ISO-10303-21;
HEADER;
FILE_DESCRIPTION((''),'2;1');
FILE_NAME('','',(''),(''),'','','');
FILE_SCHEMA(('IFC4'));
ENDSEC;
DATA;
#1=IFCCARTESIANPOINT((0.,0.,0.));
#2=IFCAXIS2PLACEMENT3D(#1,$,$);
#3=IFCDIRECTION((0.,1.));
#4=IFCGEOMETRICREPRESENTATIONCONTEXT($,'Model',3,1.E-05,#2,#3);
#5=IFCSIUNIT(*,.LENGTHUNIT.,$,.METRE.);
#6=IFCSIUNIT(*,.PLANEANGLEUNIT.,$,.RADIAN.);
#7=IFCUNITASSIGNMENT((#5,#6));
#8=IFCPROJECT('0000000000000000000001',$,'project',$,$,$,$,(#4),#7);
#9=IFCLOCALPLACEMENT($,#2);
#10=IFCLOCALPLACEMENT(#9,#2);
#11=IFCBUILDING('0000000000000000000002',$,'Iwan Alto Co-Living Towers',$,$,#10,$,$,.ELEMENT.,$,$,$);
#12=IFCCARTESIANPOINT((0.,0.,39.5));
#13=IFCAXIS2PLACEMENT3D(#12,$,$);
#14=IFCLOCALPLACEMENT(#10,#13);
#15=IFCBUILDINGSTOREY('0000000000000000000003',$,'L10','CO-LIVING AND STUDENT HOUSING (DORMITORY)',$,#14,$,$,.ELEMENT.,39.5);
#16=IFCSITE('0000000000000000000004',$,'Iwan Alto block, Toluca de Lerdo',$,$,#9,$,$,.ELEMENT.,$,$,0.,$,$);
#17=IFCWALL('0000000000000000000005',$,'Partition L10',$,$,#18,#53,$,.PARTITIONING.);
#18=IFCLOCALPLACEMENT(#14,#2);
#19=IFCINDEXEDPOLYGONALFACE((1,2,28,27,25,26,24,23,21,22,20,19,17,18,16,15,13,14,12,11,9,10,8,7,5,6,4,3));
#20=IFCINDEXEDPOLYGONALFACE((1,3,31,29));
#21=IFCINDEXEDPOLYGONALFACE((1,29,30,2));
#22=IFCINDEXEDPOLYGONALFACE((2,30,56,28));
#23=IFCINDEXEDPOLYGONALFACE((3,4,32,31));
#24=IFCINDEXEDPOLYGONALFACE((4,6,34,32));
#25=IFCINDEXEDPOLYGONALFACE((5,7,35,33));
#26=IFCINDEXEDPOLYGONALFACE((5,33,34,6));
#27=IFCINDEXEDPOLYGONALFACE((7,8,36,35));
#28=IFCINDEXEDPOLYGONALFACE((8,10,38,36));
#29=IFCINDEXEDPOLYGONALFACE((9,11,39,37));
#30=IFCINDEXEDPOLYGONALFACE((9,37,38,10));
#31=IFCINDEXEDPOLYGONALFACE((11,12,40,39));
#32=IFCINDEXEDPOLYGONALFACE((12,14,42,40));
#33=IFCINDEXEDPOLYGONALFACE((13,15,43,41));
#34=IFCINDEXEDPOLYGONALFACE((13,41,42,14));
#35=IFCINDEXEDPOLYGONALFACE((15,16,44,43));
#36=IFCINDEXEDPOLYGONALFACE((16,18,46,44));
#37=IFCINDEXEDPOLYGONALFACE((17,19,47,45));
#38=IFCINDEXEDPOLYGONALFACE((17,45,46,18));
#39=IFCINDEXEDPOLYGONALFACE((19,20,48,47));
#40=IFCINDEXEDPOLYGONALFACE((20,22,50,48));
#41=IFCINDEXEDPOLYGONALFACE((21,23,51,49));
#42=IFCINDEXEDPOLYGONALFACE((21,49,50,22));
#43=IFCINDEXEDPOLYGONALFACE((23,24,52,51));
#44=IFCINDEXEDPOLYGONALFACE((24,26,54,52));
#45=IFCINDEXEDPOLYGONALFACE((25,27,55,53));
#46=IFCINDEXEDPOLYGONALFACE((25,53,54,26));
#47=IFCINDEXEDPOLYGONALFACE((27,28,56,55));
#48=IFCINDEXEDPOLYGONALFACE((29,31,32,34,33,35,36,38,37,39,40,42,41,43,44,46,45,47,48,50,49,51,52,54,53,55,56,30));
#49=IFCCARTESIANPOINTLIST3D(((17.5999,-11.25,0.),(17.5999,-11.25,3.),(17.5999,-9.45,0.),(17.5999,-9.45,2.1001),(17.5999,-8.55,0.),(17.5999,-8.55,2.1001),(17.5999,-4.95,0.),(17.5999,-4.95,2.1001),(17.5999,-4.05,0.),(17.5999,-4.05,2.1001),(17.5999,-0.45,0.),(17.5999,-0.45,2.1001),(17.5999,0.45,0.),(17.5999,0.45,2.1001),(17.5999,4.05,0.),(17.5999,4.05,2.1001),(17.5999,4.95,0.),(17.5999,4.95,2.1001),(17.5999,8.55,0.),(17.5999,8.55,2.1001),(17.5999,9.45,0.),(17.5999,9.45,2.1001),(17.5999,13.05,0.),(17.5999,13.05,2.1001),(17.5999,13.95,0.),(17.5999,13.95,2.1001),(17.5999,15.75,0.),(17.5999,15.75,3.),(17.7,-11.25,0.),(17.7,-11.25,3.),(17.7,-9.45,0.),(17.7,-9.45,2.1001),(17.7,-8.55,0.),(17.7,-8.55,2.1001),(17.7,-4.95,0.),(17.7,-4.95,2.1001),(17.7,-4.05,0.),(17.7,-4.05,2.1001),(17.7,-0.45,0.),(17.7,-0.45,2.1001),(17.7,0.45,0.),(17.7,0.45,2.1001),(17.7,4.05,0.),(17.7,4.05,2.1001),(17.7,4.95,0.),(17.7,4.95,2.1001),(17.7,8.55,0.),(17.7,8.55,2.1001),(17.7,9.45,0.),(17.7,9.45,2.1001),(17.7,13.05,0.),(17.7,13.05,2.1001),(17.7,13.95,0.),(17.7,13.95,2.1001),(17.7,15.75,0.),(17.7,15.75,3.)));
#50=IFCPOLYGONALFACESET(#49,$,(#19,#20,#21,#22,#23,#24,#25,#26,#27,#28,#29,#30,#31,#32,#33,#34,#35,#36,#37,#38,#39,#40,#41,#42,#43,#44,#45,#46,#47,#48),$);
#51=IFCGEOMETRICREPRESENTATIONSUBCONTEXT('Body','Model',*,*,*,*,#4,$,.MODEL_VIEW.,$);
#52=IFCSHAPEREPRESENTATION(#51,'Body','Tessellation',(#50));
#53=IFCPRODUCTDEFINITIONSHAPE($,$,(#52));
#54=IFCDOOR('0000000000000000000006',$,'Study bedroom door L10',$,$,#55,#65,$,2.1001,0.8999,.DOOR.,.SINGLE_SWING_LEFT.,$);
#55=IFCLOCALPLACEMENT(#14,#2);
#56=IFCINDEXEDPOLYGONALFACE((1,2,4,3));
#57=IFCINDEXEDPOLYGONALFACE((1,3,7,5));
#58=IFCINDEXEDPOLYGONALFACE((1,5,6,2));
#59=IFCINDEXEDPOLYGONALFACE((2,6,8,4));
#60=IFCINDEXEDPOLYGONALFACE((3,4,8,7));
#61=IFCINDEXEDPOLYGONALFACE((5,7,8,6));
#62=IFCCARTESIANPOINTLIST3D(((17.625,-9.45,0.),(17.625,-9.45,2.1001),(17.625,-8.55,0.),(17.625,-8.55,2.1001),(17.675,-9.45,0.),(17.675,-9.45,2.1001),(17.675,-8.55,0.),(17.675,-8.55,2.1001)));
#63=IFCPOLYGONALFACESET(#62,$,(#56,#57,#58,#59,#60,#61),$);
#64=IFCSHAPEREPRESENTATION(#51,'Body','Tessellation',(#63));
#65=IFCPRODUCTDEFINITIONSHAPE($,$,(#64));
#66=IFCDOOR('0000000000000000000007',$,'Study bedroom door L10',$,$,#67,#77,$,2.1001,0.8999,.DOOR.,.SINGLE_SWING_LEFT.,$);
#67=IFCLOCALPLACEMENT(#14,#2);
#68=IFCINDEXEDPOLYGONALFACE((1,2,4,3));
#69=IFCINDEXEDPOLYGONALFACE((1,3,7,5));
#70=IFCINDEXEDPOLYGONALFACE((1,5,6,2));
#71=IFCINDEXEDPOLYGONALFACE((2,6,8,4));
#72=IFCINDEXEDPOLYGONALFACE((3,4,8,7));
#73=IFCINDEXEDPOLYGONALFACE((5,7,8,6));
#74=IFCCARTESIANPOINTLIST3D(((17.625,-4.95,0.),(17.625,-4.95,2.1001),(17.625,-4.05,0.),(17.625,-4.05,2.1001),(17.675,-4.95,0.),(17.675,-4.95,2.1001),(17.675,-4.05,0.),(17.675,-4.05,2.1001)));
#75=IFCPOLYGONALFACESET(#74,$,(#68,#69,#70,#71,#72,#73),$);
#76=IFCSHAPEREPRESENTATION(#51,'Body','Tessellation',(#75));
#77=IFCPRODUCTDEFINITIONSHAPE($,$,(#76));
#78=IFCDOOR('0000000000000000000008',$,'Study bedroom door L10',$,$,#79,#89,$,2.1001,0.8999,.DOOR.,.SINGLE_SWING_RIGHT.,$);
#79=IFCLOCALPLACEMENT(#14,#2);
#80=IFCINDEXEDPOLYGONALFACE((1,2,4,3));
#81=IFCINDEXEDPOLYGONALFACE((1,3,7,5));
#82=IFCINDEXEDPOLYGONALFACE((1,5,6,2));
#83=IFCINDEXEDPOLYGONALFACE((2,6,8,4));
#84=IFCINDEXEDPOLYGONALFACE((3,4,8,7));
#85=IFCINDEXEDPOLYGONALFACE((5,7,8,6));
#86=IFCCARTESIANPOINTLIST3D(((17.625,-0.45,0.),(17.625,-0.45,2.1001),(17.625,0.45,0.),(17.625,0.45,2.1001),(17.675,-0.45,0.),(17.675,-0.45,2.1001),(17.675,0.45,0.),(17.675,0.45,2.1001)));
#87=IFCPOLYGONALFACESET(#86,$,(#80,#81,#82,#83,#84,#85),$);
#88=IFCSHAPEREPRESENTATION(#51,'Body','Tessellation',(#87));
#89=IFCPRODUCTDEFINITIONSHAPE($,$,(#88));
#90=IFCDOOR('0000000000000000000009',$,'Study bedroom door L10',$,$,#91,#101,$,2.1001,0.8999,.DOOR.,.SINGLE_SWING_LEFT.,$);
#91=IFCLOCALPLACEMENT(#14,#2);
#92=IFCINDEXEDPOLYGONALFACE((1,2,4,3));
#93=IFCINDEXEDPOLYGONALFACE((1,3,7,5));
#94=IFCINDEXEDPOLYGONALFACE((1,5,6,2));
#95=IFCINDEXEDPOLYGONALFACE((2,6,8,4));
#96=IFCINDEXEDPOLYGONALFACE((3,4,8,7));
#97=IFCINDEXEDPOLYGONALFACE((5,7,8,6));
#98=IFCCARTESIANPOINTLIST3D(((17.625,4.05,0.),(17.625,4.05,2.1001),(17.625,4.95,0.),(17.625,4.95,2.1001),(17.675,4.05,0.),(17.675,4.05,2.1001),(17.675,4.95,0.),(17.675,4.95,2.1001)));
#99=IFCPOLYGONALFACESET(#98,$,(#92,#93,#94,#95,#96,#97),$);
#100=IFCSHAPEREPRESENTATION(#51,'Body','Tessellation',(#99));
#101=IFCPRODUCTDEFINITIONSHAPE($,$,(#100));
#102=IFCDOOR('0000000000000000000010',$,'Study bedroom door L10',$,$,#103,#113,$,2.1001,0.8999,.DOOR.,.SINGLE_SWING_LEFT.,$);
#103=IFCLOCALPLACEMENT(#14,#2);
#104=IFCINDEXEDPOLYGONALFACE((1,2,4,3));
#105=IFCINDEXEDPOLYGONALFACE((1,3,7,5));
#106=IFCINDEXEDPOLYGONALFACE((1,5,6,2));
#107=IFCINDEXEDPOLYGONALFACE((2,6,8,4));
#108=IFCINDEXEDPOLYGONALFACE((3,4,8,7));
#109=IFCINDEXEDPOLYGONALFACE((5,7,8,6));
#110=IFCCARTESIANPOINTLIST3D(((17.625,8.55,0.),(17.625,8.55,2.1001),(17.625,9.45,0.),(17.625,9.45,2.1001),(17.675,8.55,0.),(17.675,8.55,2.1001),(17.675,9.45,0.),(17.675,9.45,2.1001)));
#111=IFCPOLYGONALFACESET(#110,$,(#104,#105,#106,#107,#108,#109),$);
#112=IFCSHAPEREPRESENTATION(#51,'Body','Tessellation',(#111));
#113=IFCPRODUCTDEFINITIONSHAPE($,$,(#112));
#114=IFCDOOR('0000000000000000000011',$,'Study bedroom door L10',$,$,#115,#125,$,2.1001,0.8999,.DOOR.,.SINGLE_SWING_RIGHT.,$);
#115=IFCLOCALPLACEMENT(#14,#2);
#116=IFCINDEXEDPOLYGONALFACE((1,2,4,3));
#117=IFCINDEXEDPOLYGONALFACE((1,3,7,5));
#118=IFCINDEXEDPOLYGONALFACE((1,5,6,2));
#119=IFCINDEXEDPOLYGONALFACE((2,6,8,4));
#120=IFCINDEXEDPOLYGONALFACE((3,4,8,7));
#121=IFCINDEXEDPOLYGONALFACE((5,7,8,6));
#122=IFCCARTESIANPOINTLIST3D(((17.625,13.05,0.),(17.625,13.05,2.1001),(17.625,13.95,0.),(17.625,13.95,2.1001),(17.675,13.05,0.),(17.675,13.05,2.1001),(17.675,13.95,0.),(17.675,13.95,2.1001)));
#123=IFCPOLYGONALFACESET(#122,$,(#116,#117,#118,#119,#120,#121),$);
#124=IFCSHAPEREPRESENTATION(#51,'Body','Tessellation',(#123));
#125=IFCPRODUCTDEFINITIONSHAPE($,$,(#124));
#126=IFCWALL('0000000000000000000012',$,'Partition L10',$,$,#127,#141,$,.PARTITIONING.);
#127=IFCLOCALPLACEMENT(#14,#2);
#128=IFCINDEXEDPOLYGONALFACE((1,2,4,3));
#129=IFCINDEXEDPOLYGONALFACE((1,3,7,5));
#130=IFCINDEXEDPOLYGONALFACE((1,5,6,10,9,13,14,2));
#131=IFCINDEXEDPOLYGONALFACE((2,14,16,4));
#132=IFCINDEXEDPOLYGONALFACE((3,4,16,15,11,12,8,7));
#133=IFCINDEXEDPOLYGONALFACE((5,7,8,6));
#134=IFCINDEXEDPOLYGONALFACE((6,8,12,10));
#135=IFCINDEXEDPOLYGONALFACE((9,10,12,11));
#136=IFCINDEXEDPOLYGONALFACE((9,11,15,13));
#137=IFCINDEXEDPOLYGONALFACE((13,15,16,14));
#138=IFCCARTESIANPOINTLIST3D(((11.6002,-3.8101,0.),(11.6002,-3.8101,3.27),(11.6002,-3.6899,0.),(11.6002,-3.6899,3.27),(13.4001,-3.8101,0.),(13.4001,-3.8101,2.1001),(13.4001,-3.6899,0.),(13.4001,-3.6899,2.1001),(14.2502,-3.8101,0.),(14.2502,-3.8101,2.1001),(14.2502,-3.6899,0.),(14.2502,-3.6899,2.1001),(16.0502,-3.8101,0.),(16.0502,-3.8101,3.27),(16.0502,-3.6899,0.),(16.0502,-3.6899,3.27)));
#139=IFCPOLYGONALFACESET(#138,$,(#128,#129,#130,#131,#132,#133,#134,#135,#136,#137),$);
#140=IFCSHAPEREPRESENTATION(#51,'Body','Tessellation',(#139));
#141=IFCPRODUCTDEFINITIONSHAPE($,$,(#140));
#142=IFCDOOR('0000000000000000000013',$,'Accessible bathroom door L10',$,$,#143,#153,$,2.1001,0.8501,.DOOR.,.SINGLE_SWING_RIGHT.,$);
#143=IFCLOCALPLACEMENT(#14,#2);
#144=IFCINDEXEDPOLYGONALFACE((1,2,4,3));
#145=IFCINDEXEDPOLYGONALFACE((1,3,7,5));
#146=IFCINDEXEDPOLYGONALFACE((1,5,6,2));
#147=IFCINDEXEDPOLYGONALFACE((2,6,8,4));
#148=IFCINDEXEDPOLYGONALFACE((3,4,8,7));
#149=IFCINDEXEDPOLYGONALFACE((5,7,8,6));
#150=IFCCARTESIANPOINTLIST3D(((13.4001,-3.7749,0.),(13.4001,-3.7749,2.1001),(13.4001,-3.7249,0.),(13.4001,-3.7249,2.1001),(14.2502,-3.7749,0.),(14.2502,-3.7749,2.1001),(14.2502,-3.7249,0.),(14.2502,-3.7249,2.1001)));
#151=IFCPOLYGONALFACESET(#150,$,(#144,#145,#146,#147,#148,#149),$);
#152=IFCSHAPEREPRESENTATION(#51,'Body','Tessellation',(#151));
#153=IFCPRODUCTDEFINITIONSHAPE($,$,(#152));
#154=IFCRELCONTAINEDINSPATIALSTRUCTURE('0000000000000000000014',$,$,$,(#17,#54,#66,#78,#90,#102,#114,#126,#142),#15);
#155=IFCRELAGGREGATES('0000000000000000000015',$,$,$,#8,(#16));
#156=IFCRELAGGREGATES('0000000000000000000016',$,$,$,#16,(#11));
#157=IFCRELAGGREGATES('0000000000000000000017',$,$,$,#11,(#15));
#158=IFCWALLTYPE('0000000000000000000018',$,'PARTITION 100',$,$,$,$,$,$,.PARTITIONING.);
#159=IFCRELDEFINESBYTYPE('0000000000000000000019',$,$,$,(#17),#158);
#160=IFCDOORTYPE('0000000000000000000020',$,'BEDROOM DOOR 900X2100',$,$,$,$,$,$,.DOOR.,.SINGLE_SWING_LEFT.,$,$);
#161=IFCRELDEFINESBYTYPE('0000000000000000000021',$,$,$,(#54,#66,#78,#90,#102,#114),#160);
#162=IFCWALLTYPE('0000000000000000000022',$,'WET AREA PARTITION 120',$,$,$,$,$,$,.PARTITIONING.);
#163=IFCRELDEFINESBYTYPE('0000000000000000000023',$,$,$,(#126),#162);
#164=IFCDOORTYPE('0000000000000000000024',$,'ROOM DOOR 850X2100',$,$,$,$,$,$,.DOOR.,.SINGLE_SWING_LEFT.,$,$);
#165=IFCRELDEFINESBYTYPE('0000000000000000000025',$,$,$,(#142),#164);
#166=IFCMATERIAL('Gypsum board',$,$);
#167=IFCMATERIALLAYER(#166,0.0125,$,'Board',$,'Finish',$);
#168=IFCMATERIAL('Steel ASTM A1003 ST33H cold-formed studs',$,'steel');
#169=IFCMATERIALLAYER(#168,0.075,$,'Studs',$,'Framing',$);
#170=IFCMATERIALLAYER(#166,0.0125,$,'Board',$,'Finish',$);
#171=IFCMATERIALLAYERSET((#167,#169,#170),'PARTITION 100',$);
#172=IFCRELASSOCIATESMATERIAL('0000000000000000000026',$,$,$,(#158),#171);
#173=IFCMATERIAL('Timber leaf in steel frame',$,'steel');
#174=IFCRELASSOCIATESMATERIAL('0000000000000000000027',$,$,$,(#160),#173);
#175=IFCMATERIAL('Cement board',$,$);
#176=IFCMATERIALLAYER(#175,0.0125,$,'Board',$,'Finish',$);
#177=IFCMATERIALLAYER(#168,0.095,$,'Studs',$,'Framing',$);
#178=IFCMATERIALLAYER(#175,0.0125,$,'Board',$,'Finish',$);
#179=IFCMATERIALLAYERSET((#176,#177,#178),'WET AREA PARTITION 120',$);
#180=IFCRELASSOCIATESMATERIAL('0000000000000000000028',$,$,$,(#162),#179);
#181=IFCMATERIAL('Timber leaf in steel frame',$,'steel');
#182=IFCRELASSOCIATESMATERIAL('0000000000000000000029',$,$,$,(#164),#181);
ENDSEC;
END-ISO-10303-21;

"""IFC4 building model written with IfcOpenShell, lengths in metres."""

from ifc_helpers import new_model, si_unit, direction, frame, frame_2d, origin, place, context, subcontext, project, spatial, rectangle, extrude, material, layer, layer_set, type_object, element, fill, save


model = new_model("IFC4")

# Units and contexts
model_context = context("Model", 3, precision=1e-05, world=origin(), true_north=direction((0.0, 1.0)))
body_context = subcontext(model_context, "Body", "Model", "MODEL_VIEW")
ifc_project = project(units=[si_unit("LENGTHUNIT", "METRE"), si_unit("PLANEANGLEUNIT", "RADIAN")], contexts=[model_context])

# Site, building, storey
site_placement = place(None, origin())
site = spatial("IfcSite", under=ifc_project, at=site_placement, Name="Iwan Alto block, Toluca de Lerdo", CompositionType="ELEMENT", RefElevation=0.0)
building_placement = place(site_placement, origin())
building = spatial("IfcBuilding", under=site, at=building_placement, Name="Iwan Alto Co-Living Towers", CompositionType="ELEMENT")
storey_placement = place(building_placement, frame((0.0, 0.0, 39.5)))
storey = spatial("IfcBuildingStorey", under=building, at=storey_placement, Name="L10", Description="CO-LIVING AND STUDENT HOUSING (DORMITORY)", CompositionType="ELEMENT", Elevation=39.5)

# Shared definitions
ifc_material_1 = material(Name="Gypsum board")
ifc_layer_1 = layer(ifc_material_1, 0.0125, Name="Board", Category="Finish")
ifc_material_2 = material(Name="Steel ASTM A1003 ST33H cold-formed studs", Category="steel")
ifc_layer_2 = layer(ifc_material_2, 0.075, Name="Studs", Category="Framing")
ifc_layer_3 = layer(ifc_material_1, 0.0125, Name="Board", Category="Finish")
ifc_layer_set_1 = layer_set([ifc_layer_1, ifc_layer_2, ifc_layer_3], Name="PARTITION 100")
wall_type_1 = type_object("IfcWallType", Name="PARTITION 100", PredefinedType="PARTITIONING", material=ifc_layer_set_1)

# Wall, openings, doors
wall_1_placement = place(storey_placement, frame((17.6499, -11.25, 0.0), z_axis=(0.0, 0.0, 1.0), x_axis=(0.0, 1.0, 0.0)))
wall_1 = element("IfcWall", 1, at=wall_1_placement, inside=storey, type_object=wall_type_1, Name="Partition L10", PredefinedType="PARTITIONING", context=body_context, shape_type="SweptSolid", body=[
    extrude(rectangle(XDim=27.0, YDim=0.1001, at=frame_2d((13.5, 0.0))), origin(), (0.0, 0.0, 1.0), 3.0),
])
opening_1_placement = place(wall_1_placement, frame((1.8, 0.0, 0.0)))
opening_1 = element("IfcOpeningElement", 2, at=opening_1_placement, cuts=wall_1, PredefinedType="OPENING", context=body_context, shape_type="SweptSolid", body=[
    extrude(rectangle(XDim=0.8999, YDim=2.1001, at=frame_2d((0.45, 1.05))), frame((0.0, 0.0601, 0.0), z_axis=(0.0, -1.0, 0.0), x_axis=(1.0, 0.0, 0.0)), (0.0, 0.0, 1.0), 0.1201),
])
opening_2_placement = place(wall_1_placement, frame((6.3, 0.0, 0.0)))
opening_2 = element("IfcOpeningElement", 3, at=opening_2_placement, cuts=wall_1, PredefinedType="OPENING", context=body_context, shape_type="SweptSolid", body=[
    extrude(rectangle(XDim=0.8999, YDim=2.1001, at=frame_2d((0.45, 1.05))), frame((0.0, 0.0601, 0.0), z_axis=(0.0, -1.0, 0.0), x_axis=(1.0, 0.0, 0.0)), (0.0, 0.0, 1.0), 0.1201),
])
opening_3_placement = place(wall_1_placement, frame((10.8, 0.0, 0.0)))
opening_3 = element("IfcOpeningElement", 4, at=opening_3_placement, cuts=wall_1, PredefinedType="OPENING", context=body_context, shape_type="SweptSolid", body=[
    extrude(rectangle(XDim=0.8999, YDim=2.1001, at=frame_2d((0.45, 1.05))), frame((0.0, 0.0601, 0.0), z_axis=(0.0, -1.0, 0.0), x_axis=(1.0, 0.0, 0.0)), (0.0, 0.0, 1.0), 0.1201),
])
opening_4_placement = place(wall_1_placement, frame((15.3, 0.0, 0.0)))
opening_4 = element("IfcOpeningElement", 5, at=opening_4_placement, cuts=wall_1, PredefinedType="OPENING", context=body_context, shape_type="SweptSolid", body=[
    extrude(rectangle(XDim=0.8999, YDim=2.1001, at=frame_2d((0.45, 1.05))), frame((0.0, 0.0601, 0.0), z_axis=(0.0, -1.0, 0.0), x_axis=(1.0, 0.0, 0.0)), (0.0, 0.0, 1.0), 0.1201),
])
opening_5_placement = place(wall_1_placement, frame((19.8, 0.0, 0.0)))
opening_5 = element("IfcOpeningElement", 6, at=opening_5_placement, cuts=wall_1, PredefinedType="OPENING", context=body_context, shape_type="SweptSolid", body=[
    extrude(rectangle(XDim=0.8999, YDim=2.1001, at=frame_2d((0.45, 1.05))), frame((0.0, 0.0601, 0.0), z_axis=(0.0, -1.0, 0.0), x_axis=(1.0, 0.0, 0.0)), (0.0, 0.0, 1.0), 0.1201),
])
opening_6_placement = place(wall_1_placement, frame((24.3, 0.0, 0.0)))
opening_6 = element("IfcOpeningElement", 7, at=opening_6_placement, cuts=wall_1, PredefinedType="OPENING", context=body_context, shape_type="SweptSolid", body=[
    extrude(rectangle(XDim=0.8999, YDim=2.1001, at=frame_2d((0.45, 1.05))), frame((0.0, 0.0601, 0.0), z_axis=(0.0, -1.0, 0.0), x_axis=(1.0, 0.0, 0.0)), (0.0, 0.0, 1.0), 0.1201),
])
ifc_material_3 = material(Name="Timber leaf in steel frame", Category="steel")
door_type_1 = type_object("IfcDoorType", Name="BEDROOM DOOR 900X2100", OperationType="SINGLE_SWING_LEFT", PredefinedType="DOOR", material=ifc_material_3)
door_1_placement = place(opening_1_placement, origin())
door_1 = element("IfcDoor", 8, at=door_1_placement, inside=storey, type_object=door_type_1, Name="Study bedroom door L10", OperationType="SINGLE_SWING_LEFT", OverallHeight=2.1001, OverallWidth=0.8999, PredefinedType="DOOR", context=body_context, shape_type="SweptSolid", body=[
    extrude(rectangle(XDim=0.8999, YDim=2.1001, at=frame_2d((0.45, 1.05))), frame((0.0, 0.0249, 0.0), z_axis=(0.0, -1.0, 0.0), x_axis=(1.0, 0.0, 0.0)), (0.0, 0.0, 1.0), 0.05),
])
fill(opening_1, door_1)
door_2_placement = place(opening_2_placement, origin())
door_2 = element("IfcDoor", 9, at=door_2_placement, inside=storey, type_object=door_type_1, Name="Study bedroom door L10", OperationType="SINGLE_SWING_LEFT", OverallHeight=2.1001, OverallWidth=0.8999, PredefinedType="DOOR", context=body_context, shape_type="SweptSolid", body=[
    extrude(rectangle(XDim=0.8999, YDim=2.1001, at=frame_2d((0.45, 1.05))), frame((0.0, 0.0249, 0.0), z_axis=(0.0, -1.0, 0.0), x_axis=(1.0, 0.0, 0.0)), (0.0, 0.0, 1.0), 0.05),
])
fill(opening_2, door_2)
door_3_placement = place(opening_3_placement, origin())
door_3 = element("IfcDoor", 10, at=door_3_placement, inside=storey, type_object=door_type_1, Name="Study bedroom door L10", OperationType="SINGLE_SWING_RIGHT", OverallHeight=2.1001, OverallWidth=0.8999, PredefinedType="DOOR", context=body_context, shape_type="SweptSolid", body=[
    extrude(rectangle(XDim=0.8999, YDim=2.1001, at=frame_2d((0.45, 1.05))), frame((0.0, 0.0249, 0.0), z_axis=(0.0, -1.0, 0.0), x_axis=(1.0, 0.0, 0.0)), (0.0, 0.0, 1.0), 0.05),
])
fill(opening_3, door_3)
door_4_placement = place(opening_4_placement, origin())
door_4 = element("IfcDoor", 11, at=door_4_placement, inside=storey, type_object=door_type_1, Name="Study bedroom door L10", OperationType="SINGLE_SWING_LEFT", OverallHeight=2.1001, OverallWidth=0.8999, PredefinedType="DOOR", context=body_context, shape_type="SweptSolid", body=[
    extrude(rectangle(XDim=0.8999, YDim=2.1001, at=frame_2d((0.45, 1.05))), frame((0.0, 0.0249, 0.0), z_axis=(0.0, -1.0, 0.0), x_axis=(1.0, 0.0, 0.0)), (0.0, 0.0, 1.0), 0.05),
])
fill(opening_4, door_4)
door_5_placement = place(opening_5_placement, origin())
door_5 = element("IfcDoor", 12, at=door_5_placement, inside=storey, type_object=door_type_1, Name="Study bedroom door L10", OperationType="SINGLE_SWING_LEFT", OverallHeight=2.1001, OverallWidth=0.8999, PredefinedType="DOOR", context=body_context, shape_type="SweptSolid", body=[
    extrude(rectangle(XDim=0.8999, YDim=2.1001, at=frame_2d((0.45, 1.05))), frame((0.0, 0.0249, 0.0), z_axis=(0.0, -1.0, 0.0), x_axis=(1.0, 0.0, 0.0)), (0.0, 0.0, 1.0), 0.05),
])
fill(opening_5, door_5)
door_6_placement = place(opening_6_placement, origin())
door_6 = element("IfcDoor", 13, at=door_6_placement, inside=storey, type_object=door_type_1, Name="Study bedroom door L10", OperationType="SINGLE_SWING_RIGHT", OverallHeight=2.1001, OverallWidth=0.8999, PredefinedType="DOOR", context=body_context, shape_type="SweptSolid", body=[
    extrude(rectangle(XDim=0.8999, YDim=2.1001, at=frame_2d((0.45, 1.05))), frame((0.0, 0.0249, 0.0), z_axis=(0.0, -1.0, 0.0), x_axis=(1.0, 0.0, 0.0)), (0.0, 0.0, 1.0), 0.05),
])
fill(opening_6, door_6)

# Wall, opening, door
ifc_material_4 = material(Name="Cement board")
ifc_layer_4 = layer(ifc_material_4, 0.0125, Name="Board", Category="Finish")
ifc_layer_5 = layer(ifc_material_2, 0.095, Name="Studs", Category="Framing")
ifc_layer_6 = layer(ifc_material_4, 0.0125, Name="Board", Category="Finish")
ifc_layer_set_2 = layer_set([ifc_layer_4, ifc_layer_5, ifc_layer_6], Name="WET AREA PARTITION 120")
wall_type_2 = type_object("IfcWallType", Name="WET AREA PARTITION 120", PredefinedType="PARTITIONING", material=ifc_layer_set_2)
wall_2_placement = place(storey_placement, frame((11.6001, -3.75, 0.0), z_axis=(0.0, 0.0, 1.0), x_axis=(1.0, 0.0, 0.0)))
wall_2 = element("IfcWall", 14, at=wall_2_placement, inside=storey, type_object=wall_type_2, Name="Partition L10", PredefinedType="PARTITIONING", context=body_context, shape_type="SweptSolid", body=[
    extrude(rectangle(XDim=4.45, YDim=0.1201, at=frame_2d((2.2251, 0.0))), origin(), (0.0, 0.0, 1.0), 3.27),
])
opening_7_placement = place(wall_2_placement, frame((1.8, 0.0, 0.0)))
opening_7 = element("IfcOpeningElement", 15, at=opening_7_placement, cuts=wall_2, PredefinedType="OPENING", context=body_context, shape_type="SweptSolid", body=[
    extrude(rectangle(XDim=0.8501, YDim=2.1001, at=frame_2d((0.425, 1.05))), frame((0.0, 0.0701, 0.0), z_axis=(0.0, -1.0, 0.0), x_axis=(1.0, 0.0, 0.0)), (0.0, 0.0, 1.0), 0.1401),
])
ifc_material_5 = material(Name="Timber leaf in steel frame", Category="steel")
door_type_2 = type_object("IfcDoorType", Name="ROOM DOOR 850X2100", OperationType="SINGLE_SWING_LEFT", PredefinedType="DOOR", material=ifc_material_5)
door_7_placement = place(opening_7_placement, frame((0.8501, 0.0, 0.0), z_axis=(0.0, 0.0, 1.0), x_axis=(-1.0, 0.0, 0.0)))
door_7 = element("IfcDoor", 16, at=door_7_placement, inside=storey, type_object=door_type_2, Name="Accessible bathroom door L10", OperationType="SINGLE_SWING_RIGHT", OverallHeight=2.1001, OverallWidth=0.8501, PredefinedType="DOOR", context=body_context, shape_type="SweptSolid", body=[
    extrude(rectangle(XDim=0.8501, YDim=2.1001, at=frame_2d((0.425, 1.05))), frame((0.0, 0.0249, 0.0), z_axis=(0.0, -1.0, 0.0), x_axis=(1.0, 0.0, 0.0)), (0.0, 0.0, 1.0), 0.05),
])
fill(opening_7, door_7)

save(model, "model.ifc")
